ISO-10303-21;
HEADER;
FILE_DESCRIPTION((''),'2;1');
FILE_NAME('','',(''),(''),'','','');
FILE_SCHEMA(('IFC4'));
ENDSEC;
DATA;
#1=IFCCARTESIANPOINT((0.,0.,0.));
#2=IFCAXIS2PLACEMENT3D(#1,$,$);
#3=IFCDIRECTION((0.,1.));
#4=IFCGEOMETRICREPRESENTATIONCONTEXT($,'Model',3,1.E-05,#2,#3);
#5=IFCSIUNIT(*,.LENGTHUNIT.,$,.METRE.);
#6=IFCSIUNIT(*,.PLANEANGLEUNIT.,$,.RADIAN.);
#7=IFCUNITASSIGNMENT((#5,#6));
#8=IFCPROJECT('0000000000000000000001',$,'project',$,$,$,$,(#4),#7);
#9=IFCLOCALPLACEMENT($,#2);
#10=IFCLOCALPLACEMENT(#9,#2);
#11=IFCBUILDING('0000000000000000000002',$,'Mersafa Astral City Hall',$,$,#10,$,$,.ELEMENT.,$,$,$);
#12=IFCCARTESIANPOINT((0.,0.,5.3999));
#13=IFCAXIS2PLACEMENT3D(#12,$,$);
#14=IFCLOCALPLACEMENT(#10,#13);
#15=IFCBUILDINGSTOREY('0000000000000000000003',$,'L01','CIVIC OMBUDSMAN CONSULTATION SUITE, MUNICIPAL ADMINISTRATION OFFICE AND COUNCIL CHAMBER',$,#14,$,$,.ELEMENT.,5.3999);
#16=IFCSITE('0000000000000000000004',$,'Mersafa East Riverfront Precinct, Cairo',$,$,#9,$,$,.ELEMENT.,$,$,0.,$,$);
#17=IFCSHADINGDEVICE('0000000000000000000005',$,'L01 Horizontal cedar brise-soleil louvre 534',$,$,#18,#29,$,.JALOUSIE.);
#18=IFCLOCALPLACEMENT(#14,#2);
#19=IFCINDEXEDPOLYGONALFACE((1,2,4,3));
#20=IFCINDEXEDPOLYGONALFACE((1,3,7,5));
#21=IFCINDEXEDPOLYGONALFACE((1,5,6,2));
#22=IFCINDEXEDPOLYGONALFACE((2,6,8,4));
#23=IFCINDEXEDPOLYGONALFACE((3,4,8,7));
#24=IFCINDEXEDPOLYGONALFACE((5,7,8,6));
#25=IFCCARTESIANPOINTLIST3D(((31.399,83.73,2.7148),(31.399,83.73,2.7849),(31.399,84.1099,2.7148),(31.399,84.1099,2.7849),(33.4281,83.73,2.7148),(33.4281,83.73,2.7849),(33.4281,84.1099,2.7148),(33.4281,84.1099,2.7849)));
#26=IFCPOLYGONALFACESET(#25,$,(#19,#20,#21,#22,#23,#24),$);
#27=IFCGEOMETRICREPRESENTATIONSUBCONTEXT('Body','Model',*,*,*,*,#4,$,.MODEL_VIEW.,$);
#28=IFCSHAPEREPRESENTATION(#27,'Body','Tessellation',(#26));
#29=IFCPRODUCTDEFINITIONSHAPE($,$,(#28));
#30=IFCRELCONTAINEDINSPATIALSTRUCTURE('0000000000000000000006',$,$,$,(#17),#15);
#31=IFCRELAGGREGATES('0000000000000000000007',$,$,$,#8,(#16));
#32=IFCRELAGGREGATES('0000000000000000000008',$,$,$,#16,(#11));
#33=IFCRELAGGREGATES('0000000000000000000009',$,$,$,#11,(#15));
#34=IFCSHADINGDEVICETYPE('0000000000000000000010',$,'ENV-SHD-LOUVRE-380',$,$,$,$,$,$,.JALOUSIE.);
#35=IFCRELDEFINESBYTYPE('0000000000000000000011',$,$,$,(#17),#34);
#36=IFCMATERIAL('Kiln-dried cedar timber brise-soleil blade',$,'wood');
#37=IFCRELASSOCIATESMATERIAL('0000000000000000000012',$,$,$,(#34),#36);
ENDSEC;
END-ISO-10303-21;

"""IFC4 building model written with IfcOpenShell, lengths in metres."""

from ifc_helpers import new_model, si_unit, direction, frame, origin, origin_2d, place, context, subcontext, project, spatial, rectangle, extrude, material, type_object, element, save


model = new_model("IFC4")

# Units and contexts
model_context = context("Model", 3, precision=1e-05, world=origin(), true_north=direction((0.0, 1.0)))
body_context = subcontext(model_context, "Body", "Model", "MODEL_VIEW")
ifc_project = project(units=[si_unit("LENGTHUNIT", "METRE"), si_unit("PLANEANGLEUNIT", "RADIAN")], contexts=[model_context])

# Site, building, storey
site_placement = place(None, origin())
site = spatial("IfcSite", under=ifc_project, at=site_placement, Name="Mersafa East Riverfront Precinct, Cairo", CompositionType="ELEMENT", RefElevation=0.0)
building_placement = place(site_placement, origin())
building = spatial("IfcBuilding", under=site, at=building_placement, Name="Mersafa Astral City Hall", CompositionType="ELEMENT")
storey_placement = place(building_placement, frame((0.0, 0.0, 5.3999)))
storey = spatial("IfcBuildingStorey", under=building, at=storey_placement, Name="L01", Description="CIVIC OMBUDSMAN CONSULTATION SUITE, MUNICIPAL ADMINISTRATION OFFICE AND COUNCIL CHAMBER", CompositionType="ELEMENT", Elevation=5.3999)

# Shading device
ifc_material_1 = material(Name="Kiln-dried cedar timber brise-soleil blade", Category="wood")
shading_device_type = type_object("IfcShadingDeviceType", Name="ENV-SHD-LOUVRE-380", PredefinedType="JALOUSIE", material=ifc_material_1)
shading_device_1_placement = place(storey_placement, frame((32.4136, 83.9199, 2.7148), z_axis=(0.0, 0.0, 1.0), x_axis=(1.0, 0.0, 0.0)))
element("IfcShadingDevice", 1, at=shading_device_1_placement, inside=storey, type_object=shading_device_type, Name="L01 Horizontal cedar brise-soleil louvre 534", PredefinedType="JALOUSIE", context=body_context, shape_type="SweptSolid", body=[
    extrude(rectangle(XDim=2.0291, YDim=0.3799, at=origin_2d()), origin(), (0.0, 0.0, 1.0), 0.0701),
])

save(model, "model.ifc")
